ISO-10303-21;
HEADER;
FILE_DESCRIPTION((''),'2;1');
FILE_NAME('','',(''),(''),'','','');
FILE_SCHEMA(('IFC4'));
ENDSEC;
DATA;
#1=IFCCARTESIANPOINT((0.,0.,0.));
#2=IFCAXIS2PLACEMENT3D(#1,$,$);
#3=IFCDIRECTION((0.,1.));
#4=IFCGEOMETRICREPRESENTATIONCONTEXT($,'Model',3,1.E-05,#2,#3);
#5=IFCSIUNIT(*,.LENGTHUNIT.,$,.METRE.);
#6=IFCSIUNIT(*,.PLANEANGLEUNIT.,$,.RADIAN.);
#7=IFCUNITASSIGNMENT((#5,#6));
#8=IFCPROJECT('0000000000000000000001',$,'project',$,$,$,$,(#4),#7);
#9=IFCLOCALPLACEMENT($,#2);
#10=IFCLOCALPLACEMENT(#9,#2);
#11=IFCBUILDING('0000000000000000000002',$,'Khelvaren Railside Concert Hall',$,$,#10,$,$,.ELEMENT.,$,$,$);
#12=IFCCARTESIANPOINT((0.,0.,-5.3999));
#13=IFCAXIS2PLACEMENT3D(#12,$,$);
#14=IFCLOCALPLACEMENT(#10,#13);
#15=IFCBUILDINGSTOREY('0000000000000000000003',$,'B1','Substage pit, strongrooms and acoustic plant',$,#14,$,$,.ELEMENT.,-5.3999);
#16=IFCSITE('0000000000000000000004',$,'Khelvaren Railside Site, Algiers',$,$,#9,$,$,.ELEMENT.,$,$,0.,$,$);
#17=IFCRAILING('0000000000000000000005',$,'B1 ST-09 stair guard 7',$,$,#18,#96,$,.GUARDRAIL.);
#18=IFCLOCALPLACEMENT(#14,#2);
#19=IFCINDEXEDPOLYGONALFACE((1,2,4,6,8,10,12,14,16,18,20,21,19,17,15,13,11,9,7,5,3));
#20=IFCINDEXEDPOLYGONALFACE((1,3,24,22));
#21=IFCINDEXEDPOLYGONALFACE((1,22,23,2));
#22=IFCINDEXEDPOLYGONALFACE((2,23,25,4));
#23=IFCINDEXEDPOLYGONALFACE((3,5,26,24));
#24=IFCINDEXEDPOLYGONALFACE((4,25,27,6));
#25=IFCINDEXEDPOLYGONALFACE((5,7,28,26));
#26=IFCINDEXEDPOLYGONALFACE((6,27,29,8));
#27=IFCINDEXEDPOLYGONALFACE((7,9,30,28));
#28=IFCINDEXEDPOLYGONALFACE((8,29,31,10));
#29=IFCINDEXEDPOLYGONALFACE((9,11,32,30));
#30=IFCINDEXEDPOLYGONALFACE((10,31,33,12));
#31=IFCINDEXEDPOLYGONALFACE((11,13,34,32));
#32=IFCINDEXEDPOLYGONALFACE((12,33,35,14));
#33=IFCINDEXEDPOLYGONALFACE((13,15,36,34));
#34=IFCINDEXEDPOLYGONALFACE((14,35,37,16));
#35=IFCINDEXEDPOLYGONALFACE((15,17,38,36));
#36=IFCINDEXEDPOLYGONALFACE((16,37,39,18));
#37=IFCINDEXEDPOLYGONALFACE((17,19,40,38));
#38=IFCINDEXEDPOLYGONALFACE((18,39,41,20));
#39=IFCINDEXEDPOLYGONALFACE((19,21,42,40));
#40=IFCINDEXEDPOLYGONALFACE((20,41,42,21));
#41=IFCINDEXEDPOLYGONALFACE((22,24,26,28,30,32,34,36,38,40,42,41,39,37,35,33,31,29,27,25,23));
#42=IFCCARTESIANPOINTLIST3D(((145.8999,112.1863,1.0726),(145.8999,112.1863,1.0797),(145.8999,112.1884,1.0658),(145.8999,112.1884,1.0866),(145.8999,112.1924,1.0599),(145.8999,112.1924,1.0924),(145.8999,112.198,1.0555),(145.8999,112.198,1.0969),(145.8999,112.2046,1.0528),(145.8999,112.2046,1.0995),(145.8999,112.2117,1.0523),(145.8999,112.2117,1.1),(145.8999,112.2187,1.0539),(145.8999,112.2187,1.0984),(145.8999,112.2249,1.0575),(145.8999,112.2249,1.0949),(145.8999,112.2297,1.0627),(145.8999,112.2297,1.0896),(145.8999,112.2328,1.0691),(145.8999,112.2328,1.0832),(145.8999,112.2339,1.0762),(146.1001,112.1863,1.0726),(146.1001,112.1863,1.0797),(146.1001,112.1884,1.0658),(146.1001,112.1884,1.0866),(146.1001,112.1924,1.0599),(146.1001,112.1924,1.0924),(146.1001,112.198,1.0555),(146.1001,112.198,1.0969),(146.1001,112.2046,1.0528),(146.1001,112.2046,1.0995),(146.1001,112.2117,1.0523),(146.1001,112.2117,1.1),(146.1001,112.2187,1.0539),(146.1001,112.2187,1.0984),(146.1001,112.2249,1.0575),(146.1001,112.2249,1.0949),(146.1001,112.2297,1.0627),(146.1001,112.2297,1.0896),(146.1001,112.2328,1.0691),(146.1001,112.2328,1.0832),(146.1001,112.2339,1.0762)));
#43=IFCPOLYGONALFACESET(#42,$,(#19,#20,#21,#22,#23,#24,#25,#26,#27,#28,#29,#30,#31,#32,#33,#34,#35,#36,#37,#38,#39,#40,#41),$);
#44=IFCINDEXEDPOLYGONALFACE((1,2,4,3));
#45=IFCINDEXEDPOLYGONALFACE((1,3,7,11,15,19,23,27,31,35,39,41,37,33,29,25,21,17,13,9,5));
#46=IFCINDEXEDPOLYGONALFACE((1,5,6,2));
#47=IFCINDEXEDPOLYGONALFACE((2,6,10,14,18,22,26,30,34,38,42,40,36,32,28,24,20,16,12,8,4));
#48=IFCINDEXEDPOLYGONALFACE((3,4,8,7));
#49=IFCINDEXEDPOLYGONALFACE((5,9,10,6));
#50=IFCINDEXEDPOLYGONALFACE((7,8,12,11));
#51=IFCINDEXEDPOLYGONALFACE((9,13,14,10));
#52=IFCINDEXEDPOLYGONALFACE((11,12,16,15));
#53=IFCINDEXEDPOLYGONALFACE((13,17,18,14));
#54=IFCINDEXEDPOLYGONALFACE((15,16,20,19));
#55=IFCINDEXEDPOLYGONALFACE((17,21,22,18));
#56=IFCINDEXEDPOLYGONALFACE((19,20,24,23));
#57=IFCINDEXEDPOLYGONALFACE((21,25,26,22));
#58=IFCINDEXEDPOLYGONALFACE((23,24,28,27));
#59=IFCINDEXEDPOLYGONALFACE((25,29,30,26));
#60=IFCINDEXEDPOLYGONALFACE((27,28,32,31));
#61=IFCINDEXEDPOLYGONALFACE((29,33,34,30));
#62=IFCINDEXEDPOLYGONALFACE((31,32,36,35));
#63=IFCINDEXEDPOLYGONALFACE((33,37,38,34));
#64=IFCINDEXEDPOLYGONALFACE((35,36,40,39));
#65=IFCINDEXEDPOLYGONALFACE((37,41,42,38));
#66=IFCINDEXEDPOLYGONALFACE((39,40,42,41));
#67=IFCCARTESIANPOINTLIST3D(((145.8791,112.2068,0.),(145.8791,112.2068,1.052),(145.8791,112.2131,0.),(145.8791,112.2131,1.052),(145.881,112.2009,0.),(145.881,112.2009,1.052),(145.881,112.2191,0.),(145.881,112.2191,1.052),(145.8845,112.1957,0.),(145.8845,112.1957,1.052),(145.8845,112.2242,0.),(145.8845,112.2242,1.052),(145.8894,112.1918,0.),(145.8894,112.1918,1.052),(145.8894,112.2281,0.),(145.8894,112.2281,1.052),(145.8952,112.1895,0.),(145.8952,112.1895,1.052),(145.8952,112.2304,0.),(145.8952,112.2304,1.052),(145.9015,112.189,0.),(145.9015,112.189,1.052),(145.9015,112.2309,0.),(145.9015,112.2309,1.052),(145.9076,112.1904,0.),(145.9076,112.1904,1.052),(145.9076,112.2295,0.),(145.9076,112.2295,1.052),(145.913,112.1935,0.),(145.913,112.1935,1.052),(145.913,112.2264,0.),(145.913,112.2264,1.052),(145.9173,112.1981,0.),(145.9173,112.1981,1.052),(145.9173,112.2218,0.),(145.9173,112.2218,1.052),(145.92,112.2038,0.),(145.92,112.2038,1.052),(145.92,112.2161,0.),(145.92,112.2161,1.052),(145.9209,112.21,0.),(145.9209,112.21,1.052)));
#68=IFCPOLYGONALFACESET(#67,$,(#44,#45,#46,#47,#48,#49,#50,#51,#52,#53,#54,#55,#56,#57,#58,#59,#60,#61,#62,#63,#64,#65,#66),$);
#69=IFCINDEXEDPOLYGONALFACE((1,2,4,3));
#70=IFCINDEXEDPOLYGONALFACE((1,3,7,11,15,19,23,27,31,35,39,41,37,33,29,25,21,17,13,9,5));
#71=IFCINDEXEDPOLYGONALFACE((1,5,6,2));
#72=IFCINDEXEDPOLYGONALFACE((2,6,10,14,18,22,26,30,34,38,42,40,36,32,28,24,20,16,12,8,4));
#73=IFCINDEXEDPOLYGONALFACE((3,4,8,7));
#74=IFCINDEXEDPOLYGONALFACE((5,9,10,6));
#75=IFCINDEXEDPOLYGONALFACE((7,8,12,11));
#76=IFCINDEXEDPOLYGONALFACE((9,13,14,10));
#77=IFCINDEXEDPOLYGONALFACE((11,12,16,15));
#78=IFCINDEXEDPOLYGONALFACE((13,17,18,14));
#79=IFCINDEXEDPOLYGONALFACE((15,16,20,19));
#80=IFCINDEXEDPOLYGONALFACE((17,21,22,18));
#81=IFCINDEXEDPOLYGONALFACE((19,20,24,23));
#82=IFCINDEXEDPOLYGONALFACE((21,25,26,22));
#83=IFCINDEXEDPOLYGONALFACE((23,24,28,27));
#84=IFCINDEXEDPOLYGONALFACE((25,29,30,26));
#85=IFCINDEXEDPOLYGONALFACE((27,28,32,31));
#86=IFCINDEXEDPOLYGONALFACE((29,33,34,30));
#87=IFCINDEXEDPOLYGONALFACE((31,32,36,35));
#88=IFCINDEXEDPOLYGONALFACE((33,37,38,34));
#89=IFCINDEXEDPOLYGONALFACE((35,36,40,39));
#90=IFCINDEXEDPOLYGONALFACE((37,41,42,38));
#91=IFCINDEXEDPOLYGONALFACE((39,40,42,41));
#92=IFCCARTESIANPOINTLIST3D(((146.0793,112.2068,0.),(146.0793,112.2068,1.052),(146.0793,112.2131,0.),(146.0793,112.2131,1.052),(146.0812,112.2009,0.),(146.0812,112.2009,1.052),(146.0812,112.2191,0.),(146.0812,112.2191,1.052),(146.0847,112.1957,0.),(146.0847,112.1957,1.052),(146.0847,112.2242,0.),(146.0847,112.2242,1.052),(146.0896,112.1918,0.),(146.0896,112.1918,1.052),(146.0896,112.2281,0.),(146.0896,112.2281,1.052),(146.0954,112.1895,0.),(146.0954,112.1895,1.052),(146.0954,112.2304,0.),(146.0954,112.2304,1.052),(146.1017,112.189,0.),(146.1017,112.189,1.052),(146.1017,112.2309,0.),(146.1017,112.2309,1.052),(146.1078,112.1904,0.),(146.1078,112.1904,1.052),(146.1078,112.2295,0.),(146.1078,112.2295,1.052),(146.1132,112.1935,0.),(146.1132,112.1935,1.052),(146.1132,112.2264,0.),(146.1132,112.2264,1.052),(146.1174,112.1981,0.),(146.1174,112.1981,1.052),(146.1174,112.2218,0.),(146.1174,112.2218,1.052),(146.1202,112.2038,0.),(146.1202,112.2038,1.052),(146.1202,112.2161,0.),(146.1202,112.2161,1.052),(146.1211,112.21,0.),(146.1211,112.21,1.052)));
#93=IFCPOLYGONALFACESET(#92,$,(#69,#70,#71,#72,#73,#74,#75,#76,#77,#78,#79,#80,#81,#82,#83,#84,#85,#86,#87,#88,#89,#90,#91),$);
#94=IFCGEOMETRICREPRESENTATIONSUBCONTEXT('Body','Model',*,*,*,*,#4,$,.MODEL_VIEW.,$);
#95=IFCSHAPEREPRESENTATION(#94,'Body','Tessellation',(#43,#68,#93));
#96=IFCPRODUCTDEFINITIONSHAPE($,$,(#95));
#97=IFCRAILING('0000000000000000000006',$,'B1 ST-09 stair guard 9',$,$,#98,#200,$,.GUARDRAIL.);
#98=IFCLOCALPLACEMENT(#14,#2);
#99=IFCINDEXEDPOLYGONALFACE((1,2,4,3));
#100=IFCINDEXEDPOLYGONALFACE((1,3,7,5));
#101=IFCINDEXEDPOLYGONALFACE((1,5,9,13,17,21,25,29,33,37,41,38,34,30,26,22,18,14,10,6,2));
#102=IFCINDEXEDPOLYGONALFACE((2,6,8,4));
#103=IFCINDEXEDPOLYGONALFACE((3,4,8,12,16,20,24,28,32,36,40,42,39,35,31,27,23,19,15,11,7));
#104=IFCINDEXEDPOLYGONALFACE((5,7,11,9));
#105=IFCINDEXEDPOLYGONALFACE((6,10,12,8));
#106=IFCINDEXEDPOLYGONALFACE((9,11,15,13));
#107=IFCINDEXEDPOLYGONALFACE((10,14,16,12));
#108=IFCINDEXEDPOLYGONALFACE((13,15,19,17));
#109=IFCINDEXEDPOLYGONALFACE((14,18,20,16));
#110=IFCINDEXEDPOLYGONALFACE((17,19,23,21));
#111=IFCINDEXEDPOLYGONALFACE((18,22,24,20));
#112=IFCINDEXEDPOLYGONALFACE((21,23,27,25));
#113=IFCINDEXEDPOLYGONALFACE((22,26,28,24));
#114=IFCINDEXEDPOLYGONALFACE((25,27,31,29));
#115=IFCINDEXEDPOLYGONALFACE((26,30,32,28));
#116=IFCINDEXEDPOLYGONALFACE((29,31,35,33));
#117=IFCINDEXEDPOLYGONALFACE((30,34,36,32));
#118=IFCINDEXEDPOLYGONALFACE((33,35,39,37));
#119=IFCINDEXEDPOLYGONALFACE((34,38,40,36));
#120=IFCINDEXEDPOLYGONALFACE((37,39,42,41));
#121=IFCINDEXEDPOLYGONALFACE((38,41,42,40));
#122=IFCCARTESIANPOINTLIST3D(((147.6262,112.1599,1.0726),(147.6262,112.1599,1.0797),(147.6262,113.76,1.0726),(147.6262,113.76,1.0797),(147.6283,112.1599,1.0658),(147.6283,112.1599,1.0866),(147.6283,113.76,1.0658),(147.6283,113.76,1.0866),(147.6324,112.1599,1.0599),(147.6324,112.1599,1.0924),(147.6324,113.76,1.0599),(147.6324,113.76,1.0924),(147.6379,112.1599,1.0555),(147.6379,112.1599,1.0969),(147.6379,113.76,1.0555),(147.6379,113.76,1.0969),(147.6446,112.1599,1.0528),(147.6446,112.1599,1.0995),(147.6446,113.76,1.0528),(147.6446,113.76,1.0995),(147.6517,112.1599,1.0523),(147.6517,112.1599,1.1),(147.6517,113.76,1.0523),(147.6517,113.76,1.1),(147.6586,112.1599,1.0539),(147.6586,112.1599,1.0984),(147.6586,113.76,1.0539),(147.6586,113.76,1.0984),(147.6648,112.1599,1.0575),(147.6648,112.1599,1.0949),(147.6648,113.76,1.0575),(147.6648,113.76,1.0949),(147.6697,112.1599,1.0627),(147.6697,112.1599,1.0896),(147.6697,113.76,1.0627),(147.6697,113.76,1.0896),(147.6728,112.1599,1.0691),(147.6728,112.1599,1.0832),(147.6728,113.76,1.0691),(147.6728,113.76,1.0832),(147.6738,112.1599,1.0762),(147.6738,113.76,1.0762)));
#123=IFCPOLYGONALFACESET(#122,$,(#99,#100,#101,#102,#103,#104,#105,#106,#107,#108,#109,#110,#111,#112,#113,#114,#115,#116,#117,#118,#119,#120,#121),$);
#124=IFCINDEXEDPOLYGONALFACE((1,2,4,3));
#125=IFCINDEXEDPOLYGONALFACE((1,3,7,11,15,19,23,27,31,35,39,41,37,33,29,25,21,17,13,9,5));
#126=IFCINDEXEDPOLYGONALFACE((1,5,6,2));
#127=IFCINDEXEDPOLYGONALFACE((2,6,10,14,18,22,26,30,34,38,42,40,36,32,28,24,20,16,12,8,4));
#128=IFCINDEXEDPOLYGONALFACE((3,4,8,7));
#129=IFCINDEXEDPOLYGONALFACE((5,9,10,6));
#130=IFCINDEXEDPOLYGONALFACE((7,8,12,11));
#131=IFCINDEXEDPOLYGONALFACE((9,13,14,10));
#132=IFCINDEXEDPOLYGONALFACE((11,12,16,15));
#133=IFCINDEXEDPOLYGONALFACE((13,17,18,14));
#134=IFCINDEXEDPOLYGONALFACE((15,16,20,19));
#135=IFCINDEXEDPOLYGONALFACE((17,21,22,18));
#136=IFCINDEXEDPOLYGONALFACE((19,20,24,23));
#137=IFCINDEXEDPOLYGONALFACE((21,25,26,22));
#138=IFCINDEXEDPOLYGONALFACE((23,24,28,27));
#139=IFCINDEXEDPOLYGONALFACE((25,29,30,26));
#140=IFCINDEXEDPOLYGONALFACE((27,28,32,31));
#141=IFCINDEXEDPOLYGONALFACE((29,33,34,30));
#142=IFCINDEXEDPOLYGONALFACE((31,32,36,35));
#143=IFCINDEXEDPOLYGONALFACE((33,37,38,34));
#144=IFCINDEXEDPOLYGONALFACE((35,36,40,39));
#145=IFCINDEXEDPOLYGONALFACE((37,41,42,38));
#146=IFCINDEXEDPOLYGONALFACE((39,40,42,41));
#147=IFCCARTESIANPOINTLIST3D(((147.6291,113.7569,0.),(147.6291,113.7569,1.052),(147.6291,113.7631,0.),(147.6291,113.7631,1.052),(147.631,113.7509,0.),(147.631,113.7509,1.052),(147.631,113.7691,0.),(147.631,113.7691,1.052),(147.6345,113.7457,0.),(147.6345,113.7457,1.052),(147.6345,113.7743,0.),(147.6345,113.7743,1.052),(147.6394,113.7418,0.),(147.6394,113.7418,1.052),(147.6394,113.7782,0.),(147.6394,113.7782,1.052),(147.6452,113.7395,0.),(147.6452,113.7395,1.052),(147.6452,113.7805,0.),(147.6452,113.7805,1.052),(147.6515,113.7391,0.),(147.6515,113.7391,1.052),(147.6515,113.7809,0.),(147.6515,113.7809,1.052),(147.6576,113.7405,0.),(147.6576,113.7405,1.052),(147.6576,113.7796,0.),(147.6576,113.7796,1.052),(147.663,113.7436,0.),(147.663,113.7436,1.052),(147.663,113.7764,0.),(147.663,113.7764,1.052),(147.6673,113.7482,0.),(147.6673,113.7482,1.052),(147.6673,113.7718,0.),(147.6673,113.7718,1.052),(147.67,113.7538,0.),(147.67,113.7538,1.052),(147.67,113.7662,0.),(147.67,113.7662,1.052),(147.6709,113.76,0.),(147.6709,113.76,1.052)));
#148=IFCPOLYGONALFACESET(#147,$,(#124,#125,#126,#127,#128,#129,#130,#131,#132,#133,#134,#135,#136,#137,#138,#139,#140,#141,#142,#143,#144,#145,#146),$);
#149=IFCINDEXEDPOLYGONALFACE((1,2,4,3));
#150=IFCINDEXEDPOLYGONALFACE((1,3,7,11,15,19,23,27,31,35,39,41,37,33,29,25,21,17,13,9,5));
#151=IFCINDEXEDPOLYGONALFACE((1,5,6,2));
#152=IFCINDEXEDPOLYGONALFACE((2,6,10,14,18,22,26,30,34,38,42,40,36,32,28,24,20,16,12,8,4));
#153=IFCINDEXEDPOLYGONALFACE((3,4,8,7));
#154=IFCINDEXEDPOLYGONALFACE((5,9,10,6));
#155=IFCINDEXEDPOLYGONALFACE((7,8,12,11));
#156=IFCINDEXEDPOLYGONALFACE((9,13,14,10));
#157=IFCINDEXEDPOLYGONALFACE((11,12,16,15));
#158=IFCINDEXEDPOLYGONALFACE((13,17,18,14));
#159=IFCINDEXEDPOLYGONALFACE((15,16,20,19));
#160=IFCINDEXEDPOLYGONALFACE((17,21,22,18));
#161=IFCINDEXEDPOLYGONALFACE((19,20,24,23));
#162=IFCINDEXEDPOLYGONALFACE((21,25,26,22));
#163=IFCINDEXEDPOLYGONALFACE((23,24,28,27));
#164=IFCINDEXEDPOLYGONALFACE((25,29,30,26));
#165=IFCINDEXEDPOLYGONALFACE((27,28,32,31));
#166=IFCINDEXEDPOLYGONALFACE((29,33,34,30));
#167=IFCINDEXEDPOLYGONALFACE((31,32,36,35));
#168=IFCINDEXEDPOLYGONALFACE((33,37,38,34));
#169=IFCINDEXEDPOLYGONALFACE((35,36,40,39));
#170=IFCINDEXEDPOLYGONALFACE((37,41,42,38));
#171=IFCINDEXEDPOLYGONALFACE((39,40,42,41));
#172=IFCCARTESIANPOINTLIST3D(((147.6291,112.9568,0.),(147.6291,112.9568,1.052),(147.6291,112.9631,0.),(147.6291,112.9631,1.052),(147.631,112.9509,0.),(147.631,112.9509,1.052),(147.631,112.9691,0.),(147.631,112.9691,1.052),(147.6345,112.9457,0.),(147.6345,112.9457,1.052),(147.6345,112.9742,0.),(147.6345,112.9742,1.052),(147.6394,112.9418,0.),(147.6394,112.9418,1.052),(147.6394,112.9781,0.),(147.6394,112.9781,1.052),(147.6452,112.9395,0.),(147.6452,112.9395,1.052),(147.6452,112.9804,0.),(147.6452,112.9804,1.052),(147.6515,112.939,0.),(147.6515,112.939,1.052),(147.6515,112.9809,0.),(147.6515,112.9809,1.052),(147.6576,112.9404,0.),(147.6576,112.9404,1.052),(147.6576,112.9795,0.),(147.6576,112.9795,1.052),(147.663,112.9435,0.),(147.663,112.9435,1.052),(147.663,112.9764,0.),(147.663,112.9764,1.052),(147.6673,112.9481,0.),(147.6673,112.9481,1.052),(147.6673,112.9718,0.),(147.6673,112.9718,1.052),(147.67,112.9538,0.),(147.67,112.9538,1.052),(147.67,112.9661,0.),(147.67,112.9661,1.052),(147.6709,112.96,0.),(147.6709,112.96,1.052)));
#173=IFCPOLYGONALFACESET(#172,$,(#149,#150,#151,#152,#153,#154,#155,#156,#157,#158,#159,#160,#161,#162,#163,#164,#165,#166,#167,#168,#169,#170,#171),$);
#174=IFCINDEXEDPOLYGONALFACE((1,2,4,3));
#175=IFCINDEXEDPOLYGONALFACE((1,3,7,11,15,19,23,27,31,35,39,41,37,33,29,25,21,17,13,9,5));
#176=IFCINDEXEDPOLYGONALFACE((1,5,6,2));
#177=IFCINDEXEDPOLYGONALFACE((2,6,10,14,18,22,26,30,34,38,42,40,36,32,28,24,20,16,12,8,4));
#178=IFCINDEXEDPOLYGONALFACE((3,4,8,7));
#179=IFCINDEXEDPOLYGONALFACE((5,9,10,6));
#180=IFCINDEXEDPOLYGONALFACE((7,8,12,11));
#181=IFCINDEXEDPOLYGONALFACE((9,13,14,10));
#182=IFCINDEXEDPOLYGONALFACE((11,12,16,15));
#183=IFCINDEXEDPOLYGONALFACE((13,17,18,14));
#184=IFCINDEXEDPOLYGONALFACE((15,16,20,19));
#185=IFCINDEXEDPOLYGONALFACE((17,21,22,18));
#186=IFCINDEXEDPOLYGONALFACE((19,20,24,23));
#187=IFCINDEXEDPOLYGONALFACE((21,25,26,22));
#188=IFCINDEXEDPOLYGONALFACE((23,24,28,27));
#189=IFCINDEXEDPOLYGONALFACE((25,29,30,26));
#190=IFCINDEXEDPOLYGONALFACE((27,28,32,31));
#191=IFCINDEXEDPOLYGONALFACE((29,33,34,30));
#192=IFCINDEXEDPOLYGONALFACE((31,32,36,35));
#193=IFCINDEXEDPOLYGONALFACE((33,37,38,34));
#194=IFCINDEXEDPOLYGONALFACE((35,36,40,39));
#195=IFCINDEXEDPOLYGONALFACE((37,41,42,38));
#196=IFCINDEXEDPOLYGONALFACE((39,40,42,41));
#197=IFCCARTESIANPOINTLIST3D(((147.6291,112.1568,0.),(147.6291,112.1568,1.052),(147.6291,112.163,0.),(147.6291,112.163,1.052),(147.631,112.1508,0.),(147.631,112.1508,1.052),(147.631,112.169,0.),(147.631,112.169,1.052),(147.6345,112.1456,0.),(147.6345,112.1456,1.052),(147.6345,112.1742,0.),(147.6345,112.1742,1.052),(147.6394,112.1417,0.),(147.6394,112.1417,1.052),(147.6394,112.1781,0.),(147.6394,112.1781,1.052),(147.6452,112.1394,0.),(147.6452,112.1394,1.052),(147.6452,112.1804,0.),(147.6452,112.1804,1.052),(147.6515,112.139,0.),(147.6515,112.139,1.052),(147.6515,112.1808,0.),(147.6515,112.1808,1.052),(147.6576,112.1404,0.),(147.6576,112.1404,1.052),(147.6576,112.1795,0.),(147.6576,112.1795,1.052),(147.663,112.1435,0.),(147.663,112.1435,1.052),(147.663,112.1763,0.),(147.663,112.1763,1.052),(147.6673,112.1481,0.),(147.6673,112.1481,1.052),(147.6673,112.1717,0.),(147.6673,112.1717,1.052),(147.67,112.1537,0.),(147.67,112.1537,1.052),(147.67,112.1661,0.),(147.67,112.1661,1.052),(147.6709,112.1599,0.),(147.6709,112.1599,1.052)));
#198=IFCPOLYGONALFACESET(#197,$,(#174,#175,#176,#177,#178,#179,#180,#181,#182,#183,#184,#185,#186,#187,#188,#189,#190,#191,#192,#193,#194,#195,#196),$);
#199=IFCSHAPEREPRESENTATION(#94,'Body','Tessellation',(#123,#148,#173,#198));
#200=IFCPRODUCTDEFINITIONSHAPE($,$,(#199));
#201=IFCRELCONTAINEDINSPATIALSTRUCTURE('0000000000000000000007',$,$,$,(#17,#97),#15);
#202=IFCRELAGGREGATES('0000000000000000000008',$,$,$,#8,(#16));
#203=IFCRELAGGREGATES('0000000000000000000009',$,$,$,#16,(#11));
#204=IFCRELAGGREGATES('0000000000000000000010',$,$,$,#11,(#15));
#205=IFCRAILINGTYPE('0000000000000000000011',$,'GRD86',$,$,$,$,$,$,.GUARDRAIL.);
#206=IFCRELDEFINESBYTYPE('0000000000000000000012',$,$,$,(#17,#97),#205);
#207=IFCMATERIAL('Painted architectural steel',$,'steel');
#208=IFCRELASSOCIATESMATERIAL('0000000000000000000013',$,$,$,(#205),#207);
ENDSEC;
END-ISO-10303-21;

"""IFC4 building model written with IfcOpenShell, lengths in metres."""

from ifc_helpers import new_model, si_unit, direction, frame, origin, origin_2d, place, context, subcontext, project, spatial, circle, extrude, material, type_object, element, save


model = new_model("IFC4")

# Units and contexts
model_context = context("Model", 3, precision=1e-05, world=origin(), true_north=direction((0.0, 1.0)))
body_context = subcontext(model_context, "Body", "Model", "MODEL_VIEW")
ifc_project = project(units=[si_unit("LENGTHUNIT", "METRE"), si_unit("PLANEANGLEUNIT", "RADIAN")], contexts=[model_context])

# Site, building, storey
site_placement = place(None, origin())
site = spatial("IfcSite", under=ifc_project, at=site_placement, Name="Khelvaren Railside Site, Algiers", CompositionType="ELEMENT", RefElevation=0.0)
building_placement = place(site_placement, origin())
building = spatial("IfcBuilding", under=site, at=building_placement, Name="Khelvaren Railside Concert Hall", CompositionType="ELEMENT")
storey_placement = place(building_placement, frame((0.0, 0.0, -5.3999)))
storey = spatial("IfcBuildingStorey", under=building, at=storey_placement, Name="B1", Description="Substage pit, strongrooms and acoustic plant", CompositionType="ELEMENT", Elevation=-5.3999)

# Railings
ifc_material_1 = material(Name="Painted architectural steel", Category="steel")
railing_type_1 = type_object("IfcRailingType", Name="GRD86", PredefinedType="GUARDRAIL", material=ifc_material_1)
railing_1_placement = place(storey_placement, frame((145.8999, 112.21, 0.0)))
element("IfcRailing", 1, at=railing_1_placement, inside=storey, type_object=railing_type_1, Name="B1 ST-09 stair guard 7", PredefinedType="GUARDRAIL", context=body_context, shape_type="SweptSolid", body=[
    extrude(circle(Radius=0.0239, at=origin_2d()), frame((0.0, 0.0, 1.0762), z_axis=(1.0, 0.0, 0.0), x_axis=(0.0, 1.0, 0.0)), (0.0, 0.0, 1.0), 0.2002),
    extrude(circle(Radius=0.021, at=origin_2d()), origin(), (0.0, 0.0, 1.0), 1.052),
    extrude(circle(Radius=0.021, at=origin_2d()), frame((0.2002, 0.0, 0.0)), (0.0, 0.0, 1.0), 1.052),
])
railing_2_placement = place(storey_placement, frame((147.6499, 113.76, 0.0)))
element("IfcRailing", 2, at=railing_2_placement, inside=storey, type_object=railing_type_1, Name="B1 ST-09 stair guard 9", PredefinedType="GUARDRAIL", context=body_context, shape_type="SweptSolid", body=[
    extrude(circle(Radius=0.0239, at=origin_2d()), frame((0.0, 0.0, 1.0762), z_axis=(0.0, -1.0, 0.0), x_axis=(1.0, 0.0, 0.0)), (0.0, 0.0, 1.0), 1.6001),
    extrude(circle(Radius=0.021, at=origin_2d()), origin(), (0.0, 0.0, 1.0), 1.052),
    extrude(circle(Radius=0.021, at=origin_2d()), frame((0.0, -0.8, 0.0)), (0.0, 0.0, 1.0), 1.052),
    extrude(circle(Radius=0.021, at=origin_2d()), frame((0.0, -1.6001, 0.0)), (0.0, 0.0, 1.0), 1.052),
])

save(model, "model.ifc")
